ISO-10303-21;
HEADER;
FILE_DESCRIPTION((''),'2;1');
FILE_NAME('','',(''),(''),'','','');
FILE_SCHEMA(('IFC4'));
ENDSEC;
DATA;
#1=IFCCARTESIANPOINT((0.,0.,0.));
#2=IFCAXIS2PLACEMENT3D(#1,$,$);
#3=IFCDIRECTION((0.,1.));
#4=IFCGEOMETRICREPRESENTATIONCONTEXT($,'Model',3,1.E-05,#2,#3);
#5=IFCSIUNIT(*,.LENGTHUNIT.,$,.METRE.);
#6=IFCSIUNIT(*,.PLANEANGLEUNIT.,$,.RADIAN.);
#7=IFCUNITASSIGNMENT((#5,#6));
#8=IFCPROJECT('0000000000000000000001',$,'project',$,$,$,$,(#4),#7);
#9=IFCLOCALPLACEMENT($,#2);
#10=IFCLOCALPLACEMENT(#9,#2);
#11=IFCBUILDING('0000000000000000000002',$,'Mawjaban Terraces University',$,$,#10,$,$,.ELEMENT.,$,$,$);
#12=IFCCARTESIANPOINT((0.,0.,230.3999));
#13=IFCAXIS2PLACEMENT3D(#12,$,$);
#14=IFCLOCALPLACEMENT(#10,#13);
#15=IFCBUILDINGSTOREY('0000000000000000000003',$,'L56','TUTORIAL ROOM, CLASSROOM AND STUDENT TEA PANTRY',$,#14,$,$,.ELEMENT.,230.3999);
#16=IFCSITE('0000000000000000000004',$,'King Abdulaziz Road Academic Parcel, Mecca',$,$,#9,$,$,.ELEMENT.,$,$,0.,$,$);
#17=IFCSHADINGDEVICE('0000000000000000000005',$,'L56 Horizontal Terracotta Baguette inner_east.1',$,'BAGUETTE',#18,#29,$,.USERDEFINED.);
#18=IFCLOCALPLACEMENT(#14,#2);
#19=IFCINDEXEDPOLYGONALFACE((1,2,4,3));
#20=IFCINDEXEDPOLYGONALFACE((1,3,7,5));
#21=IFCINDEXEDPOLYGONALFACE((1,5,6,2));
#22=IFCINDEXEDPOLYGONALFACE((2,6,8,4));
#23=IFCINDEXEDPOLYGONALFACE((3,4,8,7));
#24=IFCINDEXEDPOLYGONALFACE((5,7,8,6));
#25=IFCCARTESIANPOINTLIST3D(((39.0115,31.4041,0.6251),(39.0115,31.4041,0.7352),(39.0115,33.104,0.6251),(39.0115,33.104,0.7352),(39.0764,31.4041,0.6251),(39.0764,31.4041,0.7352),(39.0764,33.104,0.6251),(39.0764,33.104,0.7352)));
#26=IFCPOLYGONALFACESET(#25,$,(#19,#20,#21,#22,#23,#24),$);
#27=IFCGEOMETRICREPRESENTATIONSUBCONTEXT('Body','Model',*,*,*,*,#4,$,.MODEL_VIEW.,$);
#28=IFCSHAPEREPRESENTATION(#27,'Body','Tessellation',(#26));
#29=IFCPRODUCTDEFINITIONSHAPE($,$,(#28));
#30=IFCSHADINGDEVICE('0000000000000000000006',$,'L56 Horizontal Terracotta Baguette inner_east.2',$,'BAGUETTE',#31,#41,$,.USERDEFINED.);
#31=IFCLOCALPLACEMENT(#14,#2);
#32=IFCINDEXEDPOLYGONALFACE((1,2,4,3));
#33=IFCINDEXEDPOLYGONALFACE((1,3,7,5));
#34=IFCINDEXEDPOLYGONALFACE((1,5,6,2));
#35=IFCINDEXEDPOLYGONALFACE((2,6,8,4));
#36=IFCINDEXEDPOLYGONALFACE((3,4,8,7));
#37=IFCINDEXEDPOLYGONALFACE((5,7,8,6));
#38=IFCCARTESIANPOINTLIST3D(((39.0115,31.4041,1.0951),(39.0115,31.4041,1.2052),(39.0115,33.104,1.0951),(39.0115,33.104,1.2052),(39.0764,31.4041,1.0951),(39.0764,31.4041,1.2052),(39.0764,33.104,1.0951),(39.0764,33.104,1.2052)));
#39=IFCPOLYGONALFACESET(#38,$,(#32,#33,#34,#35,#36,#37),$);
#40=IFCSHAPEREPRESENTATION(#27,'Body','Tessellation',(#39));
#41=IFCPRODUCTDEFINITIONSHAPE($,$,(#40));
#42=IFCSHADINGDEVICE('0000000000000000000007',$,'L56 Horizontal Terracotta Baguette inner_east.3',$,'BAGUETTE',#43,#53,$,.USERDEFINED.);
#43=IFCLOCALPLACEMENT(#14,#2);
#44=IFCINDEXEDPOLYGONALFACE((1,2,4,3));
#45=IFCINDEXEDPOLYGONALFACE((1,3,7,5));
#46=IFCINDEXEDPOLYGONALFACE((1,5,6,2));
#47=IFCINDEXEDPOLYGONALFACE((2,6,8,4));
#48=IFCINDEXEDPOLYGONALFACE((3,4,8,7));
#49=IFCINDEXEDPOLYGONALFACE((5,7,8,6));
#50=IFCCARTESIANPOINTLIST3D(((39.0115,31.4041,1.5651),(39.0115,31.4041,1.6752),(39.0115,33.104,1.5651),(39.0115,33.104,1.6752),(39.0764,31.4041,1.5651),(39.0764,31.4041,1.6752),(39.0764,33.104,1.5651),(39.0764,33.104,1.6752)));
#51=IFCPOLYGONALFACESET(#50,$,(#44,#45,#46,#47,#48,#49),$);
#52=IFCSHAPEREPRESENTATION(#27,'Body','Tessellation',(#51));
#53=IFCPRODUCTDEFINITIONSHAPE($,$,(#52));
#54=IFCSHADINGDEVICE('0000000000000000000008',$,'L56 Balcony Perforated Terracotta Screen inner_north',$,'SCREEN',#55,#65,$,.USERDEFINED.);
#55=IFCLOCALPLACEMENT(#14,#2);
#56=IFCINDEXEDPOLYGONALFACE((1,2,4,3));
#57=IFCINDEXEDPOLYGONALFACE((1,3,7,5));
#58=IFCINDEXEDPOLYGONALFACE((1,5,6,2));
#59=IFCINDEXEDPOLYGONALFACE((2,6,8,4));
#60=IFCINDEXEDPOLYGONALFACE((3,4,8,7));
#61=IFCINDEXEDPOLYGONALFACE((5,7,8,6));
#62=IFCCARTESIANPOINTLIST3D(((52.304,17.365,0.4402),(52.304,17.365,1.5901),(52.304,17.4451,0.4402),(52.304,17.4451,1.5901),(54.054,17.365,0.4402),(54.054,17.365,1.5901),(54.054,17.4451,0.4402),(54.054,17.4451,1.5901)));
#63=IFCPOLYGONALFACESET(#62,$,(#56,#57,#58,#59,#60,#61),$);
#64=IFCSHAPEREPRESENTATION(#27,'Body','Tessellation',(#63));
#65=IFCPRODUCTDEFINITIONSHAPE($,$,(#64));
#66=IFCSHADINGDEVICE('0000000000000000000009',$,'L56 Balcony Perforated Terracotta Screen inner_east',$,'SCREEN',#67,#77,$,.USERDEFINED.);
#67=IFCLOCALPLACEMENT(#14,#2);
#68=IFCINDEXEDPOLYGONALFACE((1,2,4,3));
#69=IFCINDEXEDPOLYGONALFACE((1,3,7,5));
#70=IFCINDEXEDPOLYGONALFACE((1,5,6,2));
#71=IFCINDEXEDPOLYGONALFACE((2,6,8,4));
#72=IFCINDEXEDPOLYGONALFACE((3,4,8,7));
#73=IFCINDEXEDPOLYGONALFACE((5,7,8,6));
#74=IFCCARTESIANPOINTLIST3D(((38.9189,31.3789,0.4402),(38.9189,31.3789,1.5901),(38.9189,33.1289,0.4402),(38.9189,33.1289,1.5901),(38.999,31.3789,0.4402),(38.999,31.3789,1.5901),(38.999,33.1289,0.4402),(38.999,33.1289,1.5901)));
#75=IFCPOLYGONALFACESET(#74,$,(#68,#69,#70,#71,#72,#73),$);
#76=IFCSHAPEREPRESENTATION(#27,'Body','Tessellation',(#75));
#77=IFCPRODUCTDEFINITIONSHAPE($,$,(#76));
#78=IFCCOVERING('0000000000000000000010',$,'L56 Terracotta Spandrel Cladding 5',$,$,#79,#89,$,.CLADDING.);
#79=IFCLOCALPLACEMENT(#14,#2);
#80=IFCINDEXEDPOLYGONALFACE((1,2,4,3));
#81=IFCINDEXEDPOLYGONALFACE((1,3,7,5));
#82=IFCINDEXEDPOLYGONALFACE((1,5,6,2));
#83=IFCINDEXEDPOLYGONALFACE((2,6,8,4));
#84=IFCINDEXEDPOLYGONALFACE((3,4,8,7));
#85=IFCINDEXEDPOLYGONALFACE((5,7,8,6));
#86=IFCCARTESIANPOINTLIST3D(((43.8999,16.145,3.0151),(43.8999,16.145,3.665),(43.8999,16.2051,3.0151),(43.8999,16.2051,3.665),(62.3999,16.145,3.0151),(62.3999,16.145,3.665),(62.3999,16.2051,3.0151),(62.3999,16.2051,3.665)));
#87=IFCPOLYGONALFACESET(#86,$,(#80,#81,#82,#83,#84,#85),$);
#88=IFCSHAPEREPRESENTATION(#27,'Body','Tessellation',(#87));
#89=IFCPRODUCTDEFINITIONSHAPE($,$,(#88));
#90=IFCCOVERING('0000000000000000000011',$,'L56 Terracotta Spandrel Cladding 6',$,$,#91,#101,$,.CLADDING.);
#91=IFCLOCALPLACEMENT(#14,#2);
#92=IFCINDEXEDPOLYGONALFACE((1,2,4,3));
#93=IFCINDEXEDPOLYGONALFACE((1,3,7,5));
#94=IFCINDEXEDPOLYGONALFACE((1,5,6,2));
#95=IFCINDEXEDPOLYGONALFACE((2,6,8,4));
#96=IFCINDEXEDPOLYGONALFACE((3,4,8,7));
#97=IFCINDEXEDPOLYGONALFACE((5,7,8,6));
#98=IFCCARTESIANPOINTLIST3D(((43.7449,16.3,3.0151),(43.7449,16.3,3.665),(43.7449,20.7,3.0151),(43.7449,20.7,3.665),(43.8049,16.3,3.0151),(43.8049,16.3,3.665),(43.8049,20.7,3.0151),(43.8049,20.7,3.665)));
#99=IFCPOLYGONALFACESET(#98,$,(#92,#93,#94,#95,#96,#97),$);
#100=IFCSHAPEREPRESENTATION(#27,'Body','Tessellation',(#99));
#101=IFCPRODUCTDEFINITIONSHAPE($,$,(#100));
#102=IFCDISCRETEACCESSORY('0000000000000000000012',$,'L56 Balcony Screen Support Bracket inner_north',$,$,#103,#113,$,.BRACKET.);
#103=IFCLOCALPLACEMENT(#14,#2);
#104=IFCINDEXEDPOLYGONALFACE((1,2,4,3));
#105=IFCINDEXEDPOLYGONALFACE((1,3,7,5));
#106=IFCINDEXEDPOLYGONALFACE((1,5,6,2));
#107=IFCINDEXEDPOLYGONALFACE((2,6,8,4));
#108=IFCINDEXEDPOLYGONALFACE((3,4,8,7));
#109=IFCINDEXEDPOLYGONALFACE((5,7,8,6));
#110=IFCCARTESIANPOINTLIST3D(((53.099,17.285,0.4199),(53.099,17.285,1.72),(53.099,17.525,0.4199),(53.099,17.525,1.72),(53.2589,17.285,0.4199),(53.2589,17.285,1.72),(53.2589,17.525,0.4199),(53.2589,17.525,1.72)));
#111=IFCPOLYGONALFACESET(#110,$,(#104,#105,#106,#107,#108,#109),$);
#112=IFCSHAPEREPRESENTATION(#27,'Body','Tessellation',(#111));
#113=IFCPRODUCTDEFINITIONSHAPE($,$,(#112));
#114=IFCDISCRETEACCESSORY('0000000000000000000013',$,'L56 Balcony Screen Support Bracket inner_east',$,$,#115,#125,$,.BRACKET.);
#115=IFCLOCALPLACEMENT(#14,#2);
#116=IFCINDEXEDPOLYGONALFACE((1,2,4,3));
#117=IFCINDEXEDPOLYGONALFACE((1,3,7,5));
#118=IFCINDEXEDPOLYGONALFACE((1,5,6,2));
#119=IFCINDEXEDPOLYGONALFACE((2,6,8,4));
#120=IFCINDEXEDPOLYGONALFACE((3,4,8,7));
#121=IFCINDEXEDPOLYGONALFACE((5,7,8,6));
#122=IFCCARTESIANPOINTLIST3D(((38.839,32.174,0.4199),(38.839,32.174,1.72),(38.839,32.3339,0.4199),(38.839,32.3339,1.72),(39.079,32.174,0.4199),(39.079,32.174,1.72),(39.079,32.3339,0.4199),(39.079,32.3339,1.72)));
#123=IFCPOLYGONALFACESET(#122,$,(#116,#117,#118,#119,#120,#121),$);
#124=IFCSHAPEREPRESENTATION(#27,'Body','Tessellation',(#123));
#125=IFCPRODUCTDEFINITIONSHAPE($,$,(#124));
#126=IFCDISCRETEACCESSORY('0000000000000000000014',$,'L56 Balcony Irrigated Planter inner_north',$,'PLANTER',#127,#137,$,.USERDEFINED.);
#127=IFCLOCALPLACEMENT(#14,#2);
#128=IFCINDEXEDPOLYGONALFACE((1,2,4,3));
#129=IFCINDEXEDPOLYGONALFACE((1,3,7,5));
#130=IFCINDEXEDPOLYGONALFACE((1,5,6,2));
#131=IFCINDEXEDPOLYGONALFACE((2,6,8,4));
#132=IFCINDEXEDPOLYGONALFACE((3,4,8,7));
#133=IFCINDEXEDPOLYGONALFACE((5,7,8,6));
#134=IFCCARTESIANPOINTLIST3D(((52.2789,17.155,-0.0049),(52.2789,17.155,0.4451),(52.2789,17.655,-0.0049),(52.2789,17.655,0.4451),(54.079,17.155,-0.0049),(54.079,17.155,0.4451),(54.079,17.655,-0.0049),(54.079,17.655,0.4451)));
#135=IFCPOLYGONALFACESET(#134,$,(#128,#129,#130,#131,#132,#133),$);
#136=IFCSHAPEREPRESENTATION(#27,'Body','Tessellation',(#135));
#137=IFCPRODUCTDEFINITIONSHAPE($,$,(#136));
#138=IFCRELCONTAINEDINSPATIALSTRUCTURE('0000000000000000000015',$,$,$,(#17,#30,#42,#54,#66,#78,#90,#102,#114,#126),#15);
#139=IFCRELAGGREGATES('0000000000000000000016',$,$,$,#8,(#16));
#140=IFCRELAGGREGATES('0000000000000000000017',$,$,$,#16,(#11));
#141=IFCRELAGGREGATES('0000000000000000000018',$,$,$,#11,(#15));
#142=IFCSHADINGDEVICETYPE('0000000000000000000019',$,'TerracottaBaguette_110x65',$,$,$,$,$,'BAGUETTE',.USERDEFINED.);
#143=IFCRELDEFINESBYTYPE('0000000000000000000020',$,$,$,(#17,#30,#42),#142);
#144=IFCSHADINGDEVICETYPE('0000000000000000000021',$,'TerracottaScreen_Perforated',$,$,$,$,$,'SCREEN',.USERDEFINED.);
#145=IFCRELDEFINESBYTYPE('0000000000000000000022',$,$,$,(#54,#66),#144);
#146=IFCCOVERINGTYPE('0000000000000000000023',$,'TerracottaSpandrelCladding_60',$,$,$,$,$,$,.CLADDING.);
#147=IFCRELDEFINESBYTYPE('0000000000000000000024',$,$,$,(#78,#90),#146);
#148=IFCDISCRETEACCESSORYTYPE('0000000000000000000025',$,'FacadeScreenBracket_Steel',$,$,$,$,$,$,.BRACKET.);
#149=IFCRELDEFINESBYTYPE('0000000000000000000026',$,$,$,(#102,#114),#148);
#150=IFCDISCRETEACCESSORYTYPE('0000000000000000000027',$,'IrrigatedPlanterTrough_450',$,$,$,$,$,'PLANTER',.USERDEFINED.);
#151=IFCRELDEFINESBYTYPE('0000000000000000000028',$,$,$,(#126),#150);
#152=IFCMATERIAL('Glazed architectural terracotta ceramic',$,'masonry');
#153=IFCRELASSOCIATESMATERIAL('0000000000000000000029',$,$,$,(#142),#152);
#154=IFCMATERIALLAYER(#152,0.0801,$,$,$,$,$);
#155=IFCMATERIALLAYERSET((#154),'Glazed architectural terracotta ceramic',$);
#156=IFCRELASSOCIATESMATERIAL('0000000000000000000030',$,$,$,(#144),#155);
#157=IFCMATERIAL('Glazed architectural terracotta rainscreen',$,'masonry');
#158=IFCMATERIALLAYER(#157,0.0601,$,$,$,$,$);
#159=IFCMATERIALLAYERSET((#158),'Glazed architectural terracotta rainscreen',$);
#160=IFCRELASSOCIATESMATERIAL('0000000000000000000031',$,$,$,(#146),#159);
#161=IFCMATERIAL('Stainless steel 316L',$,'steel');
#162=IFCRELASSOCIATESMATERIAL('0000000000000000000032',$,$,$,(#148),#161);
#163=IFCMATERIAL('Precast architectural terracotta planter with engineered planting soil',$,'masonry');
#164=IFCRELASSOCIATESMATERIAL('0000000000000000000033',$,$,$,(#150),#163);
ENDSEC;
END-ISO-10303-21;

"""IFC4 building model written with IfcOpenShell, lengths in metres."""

from ifc_helpers import new_model, si_unit, direction, frame, origin, origin_2d, place, context, subcontext, project, spatial, rectangle, extrude, material, layer, layer_set, material_profile, profile_set, type_object, element, save


model = new_model("IFC4")

# Units and contexts
model_context = context("Model", 3, precision=1e-05, world=origin(), true_north=direction((0.0, 1.0)))
body_context = subcontext(model_context, "Body", "Model", "MODEL_VIEW")
ifc_project = project(units=[si_unit("LENGTHUNIT", "METRE"), si_unit("PLANEANGLEUNIT", "RADIAN")], contexts=[model_context])

# Site, building, storey
site_placement = place(None, origin())
site = spatial("IfcSite", under=ifc_project, at=site_placement, Name="King Abdulaziz Road Academic Parcel, Mecca", CompositionType="ELEMENT", RefElevation=0.0)
building_placement = place(site_placement, origin())
building = spatial("IfcBuilding", under=site, at=building_placement, Name="Mawjaban Terraces University", CompositionType="ELEMENT")
storey_placement = place(building_placement, frame((0.0, 0.0, 230.3999)))
storey = spatial("IfcBuildingStorey", under=building, at=storey_placement, Name="L56", Description="TUTORIAL ROOM, CLASSROOM AND STUDENT TEA PANTRY", CompositionType="ELEMENT", Elevation=230.3999)

# Shading devices
ifc_material_1 = material(Name="Glazed architectural terracotta ceramic", Category="masonry")
ifc_material_profile_1 = material_profile(ifc_material_1, rectangle(XDim=0.0649, YDim=0.1101, at=origin_2d()), Name="TBAG110X65")
ifc_profile_set_1 = profile_set([ifc_material_profile_1], Name="Glazed architectural terracotta ceramic")
shading_device_type_1 = type_object("IfcShadingDeviceType", Name="TerracottaBaguette_110x65", ElementType="BAGUETTE", PredefinedType="USERDEFINED", material=ifc_profile_set_1)
for number, where, z_axis, x_axis, name in (
    (1, (39.0439, 31.4041, 0.6802), (0.0, 1.0, 0.0), (-1.0, 0.0, 0.0), "L56 Horizontal Terracotta Baguette inner_east.1"),
    (2, (39.0439, 31.4041, 1.1501), (0.0, 1.0, 0.0), (-1.0, 0.0, 0.0), "L56 Horizontal Terracotta Baguette inner_east.2"),
    (3, (39.0439, 31.4041, 1.6201), (0.0, 1.0, 0.0), (-1.0, 0.0, 0.0), "L56 Horizontal Terracotta Baguette inner_east.3"),
):
    element("IfcShadingDevice", number, at=place(storey_placement, frame(where, z_axis=z_axis, x_axis=x_axis)), inside=storey, type_object=shading_device_type_1, Name=name, ObjectType="BAGUETTE", PredefinedType="USERDEFINED", context=body_context, shape_type="SweptSolid", body=[
        extrude(rectangle(XDim=0.0649, YDim=0.1101, at=origin_2d()), origin(), (0.0, 0.0, 1.0), 1.7),
    ])
ifc_layer_1 = layer(ifc_material_1, 0.0801)
ifc_layer_set_1 = layer_set([ifc_layer_1], Name="Glazed architectural terracotta ceramic")
shading_device_type_2 = type_object("IfcShadingDeviceType", Name="TerracottaScreen_Perforated", ElementType="SCREEN", PredefinedType="USERDEFINED", material=ifc_layer_set_1)
for number, where, z_axis, x_axis, name in (
    (4, (53.179, 17.405, 0.4402), (0.0, 0.0, 1.0), (1.0, 0.0, 0.0), "L56 Balcony Perforated Terracotta Screen inner_north"),
    (5, (38.959, 32.2539, 0.4402), (0.0, 0.0, 1.0), (0.0, 1.0, 0.0), "L56 Balcony Perforated Terracotta Screen inner_east"),
):
    element("IfcShadingDevice", number, at=place(storey_placement, frame(where, z_axis=z_axis, x_axis=x_axis)), inside=storey, type_object=shading_device_type_2, Name=name, ObjectType="SCREEN", PredefinedType="USERDEFINED", context=body_context, shape_type="SweptSolid", body=[
        extrude(rectangle(XDim=1.75, YDim=0.0801, at=origin_2d()), origin(), (0.0, 0.0, 1.0), 1.1499),
    ])

# Coverings
ifc_material_2 = material(Name="Glazed architectural terracotta rainscreen", Category="masonry")
ifc_layer_2 = layer(ifc_material_2, 0.0601)
ifc_layer_set_2 = layer_set([ifc_layer_2], Name="Glazed architectural terracotta rainscreen")
covering_type = type_object("IfcCoveringType", Name="TerracottaSpandrelCladding_60", PredefinedType="CLADDING", material=ifc_layer_set_2)
covering_1_placement = place(storey_placement, frame((53.1499, 16.175, 3.0151), z_axis=(0.0, 0.0, 1.0), x_axis=(-1.0, 0.0, 0.0)))
element("IfcCovering", 6, at=covering_1_placement, inside=storey, type_object=covering_type, Name="L56 Terracotta Spandrel Cladding 5", PredefinedType="CLADDING", context=body_context, shape_type="SweptSolid", body=[
    extrude(rectangle(XDim=18.5, YDim=0.0601, at=origin_2d()), origin(), (0.0, 0.0, 1.0), 0.6499),
])
covering_2_placement = place(storey_placement, frame((43.7749, 18.5, 3.0151), z_axis=(0.0, 0.0, 1.0), x_axis=(0.0, 1.0, 0.0)))
element("IfcCovering", 7, at=covering_2_placement, inside=storey, type_object=covering_type, Name="L56 Terracotta Spandrel Cladding 6", PredefinedType="CLADDING", context=body_context, shape_type="SweptSolid", body=[
    extrude(rectangle(XDim=4.3999, YDim=0.0601, at=origin_2d()), origin(), (0.0, 0.0, 1.0), 0.6499),
])

# Discrete accessories
ifc_material_3 = material(Name="Stainless steel 316L", Category="steel")
discrete_accessory_type_1 = type_object("IfcDiscreteAccessoryType", Name="FacadeScreenBracket_Steel", PredefinedType="BRACKET", material=ifc_material_3)
for number, where, z_axis, x_axis, name in (
    (8, (53.179, 17.405, 0.4199), (0.0, 0.0, 1.0), (1.0, 0.0, 0.0), "L56 Balcony Screen Support Bracket inner_north"),
    (9, (38.959, 32.2539, 0.4199), (0.0, 0.0, 1.0), (0.0, 1.0, 0.0), "L56 Balcony Screen Support Bracket inner_east"),
):
    element("IfcDiscreteAccessory", number, at=place(storey_placement, frame(where, z_axis=z_axis, x_axis=x_axis)), inside=storey, type_object=discrete_accessory_type_1, Name=name, PredefinedType="BRACKET", context=body_context, shape_type="SweptSolid", body=[
        extrude(rectangle(XDim=0.1599, YDim=0.24, at=origin_2d()), origin(), (0.0, 0.0, 1.0), 1.3),
    ])
ifc_material_4 = material(Name="Precast architectural terracotta planter with engineered planting soil", Category="masonry")
discrete_accessory_type_2 = type_object("IfcDiscreteAccessoryType", Name="IrrigatedPlanterTrough_450", ElementType="PLANTER", PredefinedType="USERDEFINED", material=ifc_material_4)
discrete_accessory_placement = place(storey_placement, frame((53.179, 17.405, -0.0049), z_axis=(0.0, 0.0, 1.0), x_axis=(1.0, 0.0, 0.0)))
element("IfcDiscreteAccessory", 10, at=discrete_accessory_placement, inside=storey, type_object=discrete_accessory_type_2, Name="L56 Balcony Irrigated Planter inner_north", ObjectType="PLANTER", PredefinedType="USERDEFINED", context=body_context, shape_type="SweptSolid", body=[
    extrude(rectangle(XDim=1.8, YDim=0.5, at=origin_2d()), origin(), (0.0, 0.0, 1.0), 0.45),
])

save(model, "model.ifc")
